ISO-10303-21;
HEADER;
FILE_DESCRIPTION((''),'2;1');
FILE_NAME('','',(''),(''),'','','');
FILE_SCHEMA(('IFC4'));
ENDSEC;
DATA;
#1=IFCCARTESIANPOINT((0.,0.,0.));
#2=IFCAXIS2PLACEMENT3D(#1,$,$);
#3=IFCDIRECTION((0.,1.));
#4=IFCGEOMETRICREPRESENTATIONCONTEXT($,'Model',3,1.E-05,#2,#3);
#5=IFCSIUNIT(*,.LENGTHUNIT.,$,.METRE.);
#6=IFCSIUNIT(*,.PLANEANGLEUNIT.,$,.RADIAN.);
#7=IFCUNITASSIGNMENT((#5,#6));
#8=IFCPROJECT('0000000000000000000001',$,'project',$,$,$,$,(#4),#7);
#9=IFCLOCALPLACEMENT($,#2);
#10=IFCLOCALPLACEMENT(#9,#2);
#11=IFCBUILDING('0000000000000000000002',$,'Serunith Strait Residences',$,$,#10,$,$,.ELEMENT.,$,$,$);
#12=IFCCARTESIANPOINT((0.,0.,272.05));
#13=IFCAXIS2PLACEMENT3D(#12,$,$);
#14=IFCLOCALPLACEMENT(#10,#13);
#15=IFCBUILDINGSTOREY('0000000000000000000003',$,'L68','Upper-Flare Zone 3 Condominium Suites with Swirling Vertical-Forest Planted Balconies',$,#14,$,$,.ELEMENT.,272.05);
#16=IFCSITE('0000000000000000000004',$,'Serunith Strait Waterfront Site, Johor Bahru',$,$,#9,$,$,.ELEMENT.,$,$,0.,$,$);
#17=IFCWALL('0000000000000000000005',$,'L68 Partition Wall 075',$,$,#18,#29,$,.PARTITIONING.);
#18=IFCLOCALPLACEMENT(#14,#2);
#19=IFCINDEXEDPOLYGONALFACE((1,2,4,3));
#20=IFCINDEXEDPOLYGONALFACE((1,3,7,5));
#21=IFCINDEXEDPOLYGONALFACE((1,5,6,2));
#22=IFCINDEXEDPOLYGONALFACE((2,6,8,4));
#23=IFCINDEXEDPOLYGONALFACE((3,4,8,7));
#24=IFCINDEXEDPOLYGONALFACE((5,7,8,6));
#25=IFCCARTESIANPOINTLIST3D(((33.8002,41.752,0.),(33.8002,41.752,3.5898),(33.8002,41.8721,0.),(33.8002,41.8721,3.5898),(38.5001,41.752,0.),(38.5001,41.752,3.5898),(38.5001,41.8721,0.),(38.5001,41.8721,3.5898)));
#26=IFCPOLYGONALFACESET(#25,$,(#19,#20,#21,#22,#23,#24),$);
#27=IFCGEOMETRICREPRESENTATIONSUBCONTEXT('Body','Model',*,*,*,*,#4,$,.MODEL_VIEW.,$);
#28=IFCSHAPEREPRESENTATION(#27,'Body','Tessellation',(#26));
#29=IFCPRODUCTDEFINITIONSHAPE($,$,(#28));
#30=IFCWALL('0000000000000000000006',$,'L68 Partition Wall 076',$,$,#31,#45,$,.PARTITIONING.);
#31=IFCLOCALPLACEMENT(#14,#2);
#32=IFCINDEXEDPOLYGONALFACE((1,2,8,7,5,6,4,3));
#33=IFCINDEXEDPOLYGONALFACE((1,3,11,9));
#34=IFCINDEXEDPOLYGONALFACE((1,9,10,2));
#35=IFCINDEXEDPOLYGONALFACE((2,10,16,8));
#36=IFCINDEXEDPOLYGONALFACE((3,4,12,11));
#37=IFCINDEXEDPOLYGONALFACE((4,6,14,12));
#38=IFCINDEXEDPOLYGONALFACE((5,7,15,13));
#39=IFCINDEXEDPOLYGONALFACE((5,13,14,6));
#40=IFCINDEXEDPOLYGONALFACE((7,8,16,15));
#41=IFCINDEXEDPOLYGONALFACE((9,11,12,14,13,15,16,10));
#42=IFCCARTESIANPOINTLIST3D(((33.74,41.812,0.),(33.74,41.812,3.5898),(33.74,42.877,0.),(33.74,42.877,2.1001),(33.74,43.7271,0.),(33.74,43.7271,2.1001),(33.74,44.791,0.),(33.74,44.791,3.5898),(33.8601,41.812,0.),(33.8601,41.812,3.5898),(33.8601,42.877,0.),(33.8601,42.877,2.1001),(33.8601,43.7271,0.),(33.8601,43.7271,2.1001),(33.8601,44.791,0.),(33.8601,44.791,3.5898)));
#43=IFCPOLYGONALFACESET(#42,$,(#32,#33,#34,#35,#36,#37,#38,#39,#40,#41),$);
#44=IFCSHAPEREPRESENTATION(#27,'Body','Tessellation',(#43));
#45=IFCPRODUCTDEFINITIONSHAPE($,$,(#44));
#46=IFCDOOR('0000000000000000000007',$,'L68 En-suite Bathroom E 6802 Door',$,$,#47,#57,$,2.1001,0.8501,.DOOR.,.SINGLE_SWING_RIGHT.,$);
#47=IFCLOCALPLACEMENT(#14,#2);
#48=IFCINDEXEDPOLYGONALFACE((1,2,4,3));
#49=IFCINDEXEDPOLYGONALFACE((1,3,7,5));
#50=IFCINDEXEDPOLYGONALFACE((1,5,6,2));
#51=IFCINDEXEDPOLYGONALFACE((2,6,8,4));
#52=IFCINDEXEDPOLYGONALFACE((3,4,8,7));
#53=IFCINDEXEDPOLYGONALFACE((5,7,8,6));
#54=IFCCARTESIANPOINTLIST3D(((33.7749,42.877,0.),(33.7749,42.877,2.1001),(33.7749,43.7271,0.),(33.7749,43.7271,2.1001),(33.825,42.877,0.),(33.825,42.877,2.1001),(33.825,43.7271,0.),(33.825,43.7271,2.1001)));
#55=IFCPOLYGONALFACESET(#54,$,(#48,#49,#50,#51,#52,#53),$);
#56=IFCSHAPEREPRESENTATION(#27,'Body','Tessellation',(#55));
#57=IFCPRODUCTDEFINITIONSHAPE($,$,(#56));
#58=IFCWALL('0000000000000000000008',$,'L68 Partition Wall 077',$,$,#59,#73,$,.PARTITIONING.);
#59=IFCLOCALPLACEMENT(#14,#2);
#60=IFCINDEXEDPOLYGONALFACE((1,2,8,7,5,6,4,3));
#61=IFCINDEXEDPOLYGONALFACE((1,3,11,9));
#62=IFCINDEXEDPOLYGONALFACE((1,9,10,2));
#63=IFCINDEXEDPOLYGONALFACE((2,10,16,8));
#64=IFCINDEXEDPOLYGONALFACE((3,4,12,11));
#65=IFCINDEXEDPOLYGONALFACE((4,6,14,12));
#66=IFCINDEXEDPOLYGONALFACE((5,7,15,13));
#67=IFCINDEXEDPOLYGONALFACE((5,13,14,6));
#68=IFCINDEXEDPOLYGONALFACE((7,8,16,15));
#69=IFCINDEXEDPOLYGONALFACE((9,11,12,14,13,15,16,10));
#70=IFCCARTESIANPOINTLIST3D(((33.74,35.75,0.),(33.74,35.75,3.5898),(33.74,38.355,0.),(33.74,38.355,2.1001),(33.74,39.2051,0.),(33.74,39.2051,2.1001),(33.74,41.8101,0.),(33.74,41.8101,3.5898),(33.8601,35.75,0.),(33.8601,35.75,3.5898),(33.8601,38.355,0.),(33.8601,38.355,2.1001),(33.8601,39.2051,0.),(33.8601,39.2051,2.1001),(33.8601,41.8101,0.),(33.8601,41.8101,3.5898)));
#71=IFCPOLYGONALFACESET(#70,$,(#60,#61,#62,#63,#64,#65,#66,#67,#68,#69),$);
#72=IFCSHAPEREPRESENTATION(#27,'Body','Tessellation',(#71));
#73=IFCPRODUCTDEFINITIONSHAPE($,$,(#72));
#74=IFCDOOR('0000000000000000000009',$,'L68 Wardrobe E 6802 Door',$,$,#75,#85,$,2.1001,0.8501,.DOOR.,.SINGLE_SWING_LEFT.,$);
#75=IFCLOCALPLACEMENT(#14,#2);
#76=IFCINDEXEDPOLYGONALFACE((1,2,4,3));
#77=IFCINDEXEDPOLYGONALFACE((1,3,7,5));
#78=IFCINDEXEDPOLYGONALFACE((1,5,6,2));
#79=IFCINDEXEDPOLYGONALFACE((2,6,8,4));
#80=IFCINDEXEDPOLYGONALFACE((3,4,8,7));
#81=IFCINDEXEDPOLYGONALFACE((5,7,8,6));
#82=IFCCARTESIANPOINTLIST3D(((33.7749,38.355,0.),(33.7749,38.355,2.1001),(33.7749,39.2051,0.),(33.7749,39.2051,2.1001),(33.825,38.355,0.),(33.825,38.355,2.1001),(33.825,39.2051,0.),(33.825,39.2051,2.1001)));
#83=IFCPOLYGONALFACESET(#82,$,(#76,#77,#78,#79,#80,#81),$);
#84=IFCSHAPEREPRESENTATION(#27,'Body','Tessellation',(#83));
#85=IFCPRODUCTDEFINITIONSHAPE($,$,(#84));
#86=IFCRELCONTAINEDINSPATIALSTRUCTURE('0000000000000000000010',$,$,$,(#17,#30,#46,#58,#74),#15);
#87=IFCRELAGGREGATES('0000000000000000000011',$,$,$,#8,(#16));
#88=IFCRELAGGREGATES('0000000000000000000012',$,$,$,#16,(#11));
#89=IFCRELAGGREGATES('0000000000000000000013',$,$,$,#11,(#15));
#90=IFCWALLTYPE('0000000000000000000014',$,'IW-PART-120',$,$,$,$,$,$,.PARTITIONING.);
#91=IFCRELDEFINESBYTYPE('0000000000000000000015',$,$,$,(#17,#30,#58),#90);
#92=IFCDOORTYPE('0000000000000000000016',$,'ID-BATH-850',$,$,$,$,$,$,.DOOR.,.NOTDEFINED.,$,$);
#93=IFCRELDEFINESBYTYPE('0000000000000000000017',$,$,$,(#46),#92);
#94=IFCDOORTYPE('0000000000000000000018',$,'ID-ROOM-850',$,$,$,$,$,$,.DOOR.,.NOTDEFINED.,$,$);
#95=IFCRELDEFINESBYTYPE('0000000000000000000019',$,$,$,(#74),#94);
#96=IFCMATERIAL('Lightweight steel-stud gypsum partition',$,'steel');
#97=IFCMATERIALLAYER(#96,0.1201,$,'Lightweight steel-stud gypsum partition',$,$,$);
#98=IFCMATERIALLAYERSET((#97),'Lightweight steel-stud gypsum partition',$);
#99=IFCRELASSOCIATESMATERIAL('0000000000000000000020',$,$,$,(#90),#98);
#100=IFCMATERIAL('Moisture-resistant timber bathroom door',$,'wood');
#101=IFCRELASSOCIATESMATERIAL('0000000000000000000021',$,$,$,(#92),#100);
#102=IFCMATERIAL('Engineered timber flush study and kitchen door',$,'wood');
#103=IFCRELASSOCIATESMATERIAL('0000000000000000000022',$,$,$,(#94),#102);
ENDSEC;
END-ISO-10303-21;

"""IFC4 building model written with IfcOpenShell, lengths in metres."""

from ifc_helpers import new_model, si_unit, direction, frame, frame_2d, origin, place, context, subcontext, project, spatial, rectangle, extrude, source, transform, mapped, material, layer, layer_set, type_object, element, fill, save


model = new_model("IFC4")

# Units and contexts
model_context = context("Model", 3, precision=1e-05, world=origin(), true_north=direction((0.0, 1.0)))
body_context = subcontext(model_context, "Body", "Model", "MODEL_VIEW")
ifc_project = project(units=[si_unit("LENGTHUNIT", "METRE"), si_unit("PLANEANGLEUNIT", "RADIAN")], contexts=[model_context])

# Site, building, storey
site_placement = place(None, origin())
site = spatial("IfcSite", under=ifc_project, at=site_placement, Name="Serunith Strait Waterfront Site, Johor Bahru", CompositionType="ELEMENT", RefElevation=0.0)
building_placement = place(site_placement, origin())
building = spatial("IfcBuilding", under=site, at=building_placement, Name="Serunith Strait Residences", CompositionType="ELEMENT")
storey_placement = place(building_placement, frame((0.0, 0.0, 272.05)))
storey = spatial("IfcBuildingStorey", under=building, at=storey_placement, Name="L68", Description="Upper-Flare Zone 3 Condominium Suites with Swirling Vertical-Forest Planted Balconies", CompositionType="ELEMENT", Elevation=272.05)

# Shared definitions
ifc_material_1 = material(Name="Lightweight steel-stud gypsum partition", Category="steel")
ifc_layer_1 = layer(ifc_material_1, 0.1201, Name="Lightweight steel-stud gypsum partition")
ifc_layer_set_1 = layer_set([ifc_layer_1], Name="Lightweight steel-stud gypsum partition")
wall_type = type_object("IfcWallType", Name="IW-PART-120", PredefinedType="PARTITIONING", material=ifc_layer_set_1)

# Wall
wall_1_placement = place(storey_placement, frame((33.8, 41.812, 0.0), z_axis=(0.0, 0.0, 1.0), x_axis=(1.0, 0.0, 0.0)))
element("IfcWall", 1, at=wall_1_placement, inside=storey, type_object=wall_type, Name="L68 Partition Wall 075", PredefinedType="PARTITIONING", context=body_context, shape_type="SweptSolid", body=[
    extrude(rectangle(XDim=4.7, YDim=0.1201, at=frame_2d((2.3501, 0.0))), origin(), (0.0, 0.0, 1.0), 3.5898),
])

# Walls, openings, doors
wall_2_placement = place(storey_placement, frame((33.8, 44.791, 0.0), z_axis=(0.0, 0.0, 1.0), x_axis=(0.0, -1.0, 0.0)))
wall_2 = element("IfcWall", 2, at=wall_2_placement, inside=storey, type_object=wall_type, Name="L68 Partition Wall 076", PredefinedType="PARTITIONING", context=body_context, shape_type="SweptSolid", body=[
    extrude(rectangle(XDim=2.979, YDim=0.1201, at=frame_2d((1.4895, 0.0))), origin(), (0.0, 0.0, 1.0), 3.5898),
])
opening_1_placement = place(wall_2_placement, frame((1.064, 0.0, 0.0)))
opening_1 = element("IfcOpeningElement", 3, at=opening_1_placement, cuts=wall_2, PredefinedType="OPENING", context=body_context, shape_type="SweptSolid", body=[
    extrude(rectangle(XDim=0.8501, YDim=2.1001, at=frame_2d((0.425, 1.05))), frame((0.0, 0.0701, 0.0), z_axis=(0.0, -1.0, 0.0), x_axis=(1.0, 0.0, 0.0)), (0.0, 0.0, 1.0), 0.1401),
])
ifc_material_2 = material(Name="Moisture-resistant timber bathroom door", Category="wood")
door_type_1 = type_object("IfcDoorType", Name="ID-BATH-850", OperationType="NOTDEFINED", PredefinedType="DOOR", material=ifc_material_2)
shared_shape_1 = source(origin(), body_context, "Body", "SweptSolid", [
    extrude(rectangle(XDim=0.8501, YDim=2.1001, at=frame_2d((0.425, 1.05))), frame((0.0, 0.0249, 0.0), z_axis=(0.0, -1.0, 0.0), x_axis=(1.0, 0.0, 0.0)), (0.0, 0.0, 1.0), 0.05),
])
door_1_placement = place(opening_1_placement, origin())
door_1 = element("IfcDoor", 4, at=door_1_placement, inside=storey, type_object=door_type_1, Name="L68 En-suite Bathroom E 6802 Door", OperationType="SINGLE_SWING_RIGHT", OverallHeight=2.1001, OverallWidth=0.8501, PredefinedType="DOOR", context=body_context, shape_type="MappedRepresentation", body=[
    mapped(shared_shape_1, transform((0.0, 0.0, 0.0), scale=1.0)),
])
fill(opening_1, door_1)
wall_3_placement = place(storey_placement, frame((33.8, 41.8101, 0.0), z_axis=(0.0, 0.0, 1.0), x_axis=(0.0, -1.0, 0.0)))
wall_3 = element("IfcWall", 5, at=wall_3_placement, inside=storey, type_object=wall_type, Name="L68 Partition Wall 077", PredefinedType="PARTITIONING", context=body_context, shape_type="SweptSolid", body=[
    extrude(rectangle(XDim=6.0601, YDim=0.1201, at=frame_2d((3.03, 0.0))), origin(), (0.0, 0.0, 1.0), 3.5898),
])
opening_2_placement = place(wall_3_placement, frame((2.605, 0.0, 0.0)))
opening_2 = element("IfcOpeningElement", 6, at=opening_2_placement, cuts=wall_3, PredefinedType="OPENING", context=body_context, shape_type="SweptSolid", body=[
    extrude(rectangle(XDim=0.8501, YDim=2.1001, at=frame_2d((0.425, 1.05))), frame((0.0, 0.0701, 0.0), z_axis=(0.0, -1.0, 0.0), x_axis=(1.0, 0.0, 0.0)), (0.0, 0.0, 1.0), 0.1401),
])
ifc_material_3 = material(Name="Engineered timber flush study and kitchen door", Category="wood")
door_type_2 = type_object("IfcDoorType", Name="ID-ROOM-850", OperationType="NOTDEFINED", PredefinedType="DOOR", material=ifc_material_3)
door_2_placement = place(opening_2_placement, origin())
door_2 = element("IfcDoor", 7, at=door_2_placement, inside=storey, type_object=door_type_2, Name="L68 Wardrobe E 6802 Door", OperationType="SINGLE_SWING_LEFT", OverallHeight=2.1001, OverallWidth=0.8501, PredefinedType="DOOR", context=body_context, shape_type="MappedRepresentation", body=[
    mapped(shared_shape_1, transform((0.0, 0.0, 0.0), scale=1.0)),
])
fill(opening_2, door_2)

save(model, "model.ifc")
